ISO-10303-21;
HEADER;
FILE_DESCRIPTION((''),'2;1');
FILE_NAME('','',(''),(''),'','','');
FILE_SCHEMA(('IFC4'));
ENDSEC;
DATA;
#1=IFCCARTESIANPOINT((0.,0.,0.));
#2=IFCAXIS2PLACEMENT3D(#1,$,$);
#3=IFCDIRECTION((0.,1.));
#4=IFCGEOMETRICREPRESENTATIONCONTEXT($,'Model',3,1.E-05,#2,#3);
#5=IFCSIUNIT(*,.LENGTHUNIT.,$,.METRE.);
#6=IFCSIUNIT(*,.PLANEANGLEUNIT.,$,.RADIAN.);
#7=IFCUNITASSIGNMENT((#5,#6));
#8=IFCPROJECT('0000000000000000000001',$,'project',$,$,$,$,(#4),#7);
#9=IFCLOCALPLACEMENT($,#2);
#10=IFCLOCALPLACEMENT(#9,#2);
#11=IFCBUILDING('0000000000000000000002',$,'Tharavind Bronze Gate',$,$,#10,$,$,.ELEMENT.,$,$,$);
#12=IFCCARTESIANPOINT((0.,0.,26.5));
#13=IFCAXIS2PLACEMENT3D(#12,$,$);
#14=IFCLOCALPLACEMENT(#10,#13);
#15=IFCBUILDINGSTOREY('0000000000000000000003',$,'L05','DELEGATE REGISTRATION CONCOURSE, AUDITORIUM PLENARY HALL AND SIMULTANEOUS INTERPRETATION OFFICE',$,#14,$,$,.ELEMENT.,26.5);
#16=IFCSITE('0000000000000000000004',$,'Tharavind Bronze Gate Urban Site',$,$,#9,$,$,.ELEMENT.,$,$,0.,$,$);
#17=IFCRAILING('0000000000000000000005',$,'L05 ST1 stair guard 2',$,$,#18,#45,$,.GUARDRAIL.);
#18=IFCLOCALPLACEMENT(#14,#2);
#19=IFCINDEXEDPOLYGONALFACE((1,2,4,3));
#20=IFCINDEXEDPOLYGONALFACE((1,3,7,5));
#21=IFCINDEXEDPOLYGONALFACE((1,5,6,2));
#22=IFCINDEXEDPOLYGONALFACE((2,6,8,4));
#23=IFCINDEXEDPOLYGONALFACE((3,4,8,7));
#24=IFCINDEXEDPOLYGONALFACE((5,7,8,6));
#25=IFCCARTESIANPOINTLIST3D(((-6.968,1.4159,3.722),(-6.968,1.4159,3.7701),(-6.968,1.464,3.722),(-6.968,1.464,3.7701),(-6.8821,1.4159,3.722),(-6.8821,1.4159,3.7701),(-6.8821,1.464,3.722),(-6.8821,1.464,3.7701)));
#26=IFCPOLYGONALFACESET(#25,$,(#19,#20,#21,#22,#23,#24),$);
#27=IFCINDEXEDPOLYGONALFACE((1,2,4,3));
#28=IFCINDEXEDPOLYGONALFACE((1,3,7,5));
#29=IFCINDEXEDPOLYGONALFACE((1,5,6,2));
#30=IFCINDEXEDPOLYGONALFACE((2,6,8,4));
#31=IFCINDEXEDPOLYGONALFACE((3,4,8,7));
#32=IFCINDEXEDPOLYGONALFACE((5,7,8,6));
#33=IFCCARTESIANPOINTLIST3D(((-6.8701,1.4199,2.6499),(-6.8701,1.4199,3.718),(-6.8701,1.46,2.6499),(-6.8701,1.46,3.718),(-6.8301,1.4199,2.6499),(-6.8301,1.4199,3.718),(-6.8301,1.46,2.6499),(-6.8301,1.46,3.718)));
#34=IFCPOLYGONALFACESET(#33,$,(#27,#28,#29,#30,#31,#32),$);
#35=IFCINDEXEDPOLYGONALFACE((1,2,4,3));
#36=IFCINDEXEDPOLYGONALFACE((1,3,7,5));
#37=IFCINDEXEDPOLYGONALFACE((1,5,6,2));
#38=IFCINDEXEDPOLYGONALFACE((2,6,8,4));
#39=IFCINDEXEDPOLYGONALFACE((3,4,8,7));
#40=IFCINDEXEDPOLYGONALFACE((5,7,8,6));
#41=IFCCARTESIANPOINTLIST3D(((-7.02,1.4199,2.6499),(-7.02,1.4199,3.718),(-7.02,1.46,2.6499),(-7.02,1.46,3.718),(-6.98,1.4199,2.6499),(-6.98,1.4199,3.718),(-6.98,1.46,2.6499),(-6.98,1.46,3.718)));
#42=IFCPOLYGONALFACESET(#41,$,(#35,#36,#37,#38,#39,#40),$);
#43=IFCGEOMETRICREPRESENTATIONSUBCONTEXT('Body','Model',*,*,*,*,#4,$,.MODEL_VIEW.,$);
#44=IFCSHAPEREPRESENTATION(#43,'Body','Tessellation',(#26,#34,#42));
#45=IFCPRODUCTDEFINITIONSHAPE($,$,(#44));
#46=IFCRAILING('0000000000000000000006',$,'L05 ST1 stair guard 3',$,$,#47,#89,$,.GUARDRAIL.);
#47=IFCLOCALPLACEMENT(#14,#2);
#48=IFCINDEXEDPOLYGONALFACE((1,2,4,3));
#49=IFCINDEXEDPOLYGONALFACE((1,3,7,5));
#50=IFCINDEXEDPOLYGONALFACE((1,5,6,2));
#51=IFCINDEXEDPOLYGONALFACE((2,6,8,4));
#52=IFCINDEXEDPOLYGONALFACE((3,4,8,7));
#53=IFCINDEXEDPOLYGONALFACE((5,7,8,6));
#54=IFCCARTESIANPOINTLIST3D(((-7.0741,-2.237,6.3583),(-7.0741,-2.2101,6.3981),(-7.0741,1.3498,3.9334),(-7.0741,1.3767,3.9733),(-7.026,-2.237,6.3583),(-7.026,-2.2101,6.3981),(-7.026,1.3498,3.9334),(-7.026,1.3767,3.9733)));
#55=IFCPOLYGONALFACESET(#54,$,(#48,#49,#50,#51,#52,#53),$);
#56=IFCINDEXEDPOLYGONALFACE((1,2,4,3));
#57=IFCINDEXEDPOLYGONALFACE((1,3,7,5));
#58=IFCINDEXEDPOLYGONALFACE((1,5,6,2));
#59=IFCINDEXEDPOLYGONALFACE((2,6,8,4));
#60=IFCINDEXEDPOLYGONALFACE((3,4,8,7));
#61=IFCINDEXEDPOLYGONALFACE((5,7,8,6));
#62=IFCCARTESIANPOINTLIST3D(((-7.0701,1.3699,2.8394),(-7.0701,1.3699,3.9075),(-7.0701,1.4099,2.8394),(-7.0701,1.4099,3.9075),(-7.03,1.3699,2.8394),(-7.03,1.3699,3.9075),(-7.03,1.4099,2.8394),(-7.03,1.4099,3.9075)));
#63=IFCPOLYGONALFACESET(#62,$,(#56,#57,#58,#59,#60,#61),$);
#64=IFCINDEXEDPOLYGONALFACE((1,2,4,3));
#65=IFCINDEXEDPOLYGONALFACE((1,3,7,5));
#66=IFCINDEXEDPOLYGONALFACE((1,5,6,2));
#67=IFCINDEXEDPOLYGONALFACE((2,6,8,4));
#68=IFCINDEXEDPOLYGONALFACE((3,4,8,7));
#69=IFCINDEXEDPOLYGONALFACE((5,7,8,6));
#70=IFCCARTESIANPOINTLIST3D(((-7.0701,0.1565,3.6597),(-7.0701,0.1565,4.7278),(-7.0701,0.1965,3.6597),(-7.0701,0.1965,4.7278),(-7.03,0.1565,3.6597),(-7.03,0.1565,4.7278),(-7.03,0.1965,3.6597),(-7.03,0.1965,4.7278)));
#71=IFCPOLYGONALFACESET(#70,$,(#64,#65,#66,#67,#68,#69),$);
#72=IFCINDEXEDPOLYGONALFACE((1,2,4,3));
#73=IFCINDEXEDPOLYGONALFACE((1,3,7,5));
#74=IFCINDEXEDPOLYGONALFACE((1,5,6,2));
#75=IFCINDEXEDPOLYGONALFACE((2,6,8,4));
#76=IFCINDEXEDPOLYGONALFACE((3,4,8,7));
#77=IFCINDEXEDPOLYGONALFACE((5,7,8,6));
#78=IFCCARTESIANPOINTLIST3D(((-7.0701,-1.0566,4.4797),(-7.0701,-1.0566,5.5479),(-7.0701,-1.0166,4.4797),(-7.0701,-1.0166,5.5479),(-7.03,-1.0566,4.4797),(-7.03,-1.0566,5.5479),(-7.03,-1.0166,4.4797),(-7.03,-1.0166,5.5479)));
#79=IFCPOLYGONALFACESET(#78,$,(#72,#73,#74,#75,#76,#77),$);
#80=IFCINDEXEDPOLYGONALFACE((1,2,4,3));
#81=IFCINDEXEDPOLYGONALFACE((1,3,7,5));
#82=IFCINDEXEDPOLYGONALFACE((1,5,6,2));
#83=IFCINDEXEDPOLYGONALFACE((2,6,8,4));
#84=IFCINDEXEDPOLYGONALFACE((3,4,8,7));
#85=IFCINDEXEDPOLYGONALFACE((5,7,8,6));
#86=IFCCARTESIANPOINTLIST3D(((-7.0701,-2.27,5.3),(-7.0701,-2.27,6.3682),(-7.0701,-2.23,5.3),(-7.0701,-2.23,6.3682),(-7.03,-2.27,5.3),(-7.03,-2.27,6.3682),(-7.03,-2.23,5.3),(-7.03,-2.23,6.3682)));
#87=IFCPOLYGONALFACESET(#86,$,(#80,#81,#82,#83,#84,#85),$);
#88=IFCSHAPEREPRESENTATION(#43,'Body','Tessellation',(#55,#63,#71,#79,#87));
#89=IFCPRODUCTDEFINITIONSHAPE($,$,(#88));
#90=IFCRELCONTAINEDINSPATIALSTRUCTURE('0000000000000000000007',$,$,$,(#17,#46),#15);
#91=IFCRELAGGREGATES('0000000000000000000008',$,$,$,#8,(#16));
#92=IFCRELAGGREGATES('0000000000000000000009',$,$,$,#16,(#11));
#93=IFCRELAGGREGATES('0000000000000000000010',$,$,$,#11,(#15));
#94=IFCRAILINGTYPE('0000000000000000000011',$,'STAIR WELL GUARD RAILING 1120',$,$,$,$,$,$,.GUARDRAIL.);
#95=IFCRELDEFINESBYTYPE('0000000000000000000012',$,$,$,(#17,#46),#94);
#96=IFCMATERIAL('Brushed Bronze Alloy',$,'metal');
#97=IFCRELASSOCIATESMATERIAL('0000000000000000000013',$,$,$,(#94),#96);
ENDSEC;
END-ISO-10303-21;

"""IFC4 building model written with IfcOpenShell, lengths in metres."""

from ifc_helpers import new_model, si_unit, direction, frame, origin, origin_2d, place, context, subcontext, project, spatial, rectangle, extrude, material, type_object, element, save


model = new_model("IFC4")

# Units and contexts
model_context = context("Model", 3, precision=1e-05, world=origin(), true_north=direction((0.0, 1.0)))
body_context = subcontext(model_context, "Body", "Model", "MODEL_VIEW")
ifc_project = project(units=[si_unit("LENGTHUNIT", "METRE"), si_unit("PLANEANGLEUNIT", "RADIAN")], contexts=[model_context])

# Site, building, storey
site_placement = place(None, origin())
site = spatial("IfcSite", under=ifc_project, at=site_placement, Name="Tharavind Bronze Gate Urban Site", CompositionType="ELEMENT", RefElevation=0.0)
building_placement = place(site_placement, origin())
building = spatial("IfcBuilding", under=site, at=building_placement, Name="Tharavind Bronze Gate", CompositionType="ELEMENT")
storey_placement = place(building_placement, frame((0.0, 0.0, 26.5)))
storey = spatial("IfcBuildingStorey", under=building, at=storey_placement, Name="L05", Description="DELEGATE REGISTRATION CONCOURSE, AUDITORIUM PLENARY HALL AND SIMULTANEOUS INTERPRETATION OFFICE", CompositionType="ELEMENT", Elevation=26.5)

# Railings
ifc_material_1 = material(Name="Brushed Bronze Alloy", Category="metal")
railing_type_1 = type_object("IfcRailingType", Name="STAIR WELL GUARD RAILING 1120", PredefinedType="GUARDRAIL", material=ifc_material_1)
railing_1_placement = place(storey_placement, frame((-6.8501, 1.4399, 2.6499)))
element("IfcRailing", 1, at=railing_1_placement, inside=storey, type_object=railing_type_1, Name="L05 ST1 stair guard 2", PredefinedType="GUARDRAIL", context=body_context, shape_type="SweptSolid", body=[
    extrude(rectangle(XDim=0.0481, YDim=0.0481, at=origin_2d()), frame((-0.032, 0.0, 1.0962), z_axis=(-1.0, 0.0, 0.0), x_axis=(0.0, -1.0, 0.0)), (0.0, 0.0, 1.0), 0.0859),
    extrude(rectangle(XDim=0.04, YDim=0.04, at=origin_2d()), origin(), (0.0, 0.0, 1.0), 1.0681),
    extrude(rectangle(XDim=0.04, YDim=0.04, at=origin_2d()), frame((-0.1499, 0.0, 0.0)), (0.0, 0.0, 1.0), 1.0681),
])
railing_2_placement = place(storey_placement, frame((-7.05, 1.3899, 2.8394)))
element("IfcRailing", 2, at=railing_2_placement, inside=storey, type_object=railing_type_1, Name="L05 ST1 stair guard 3", PredefinedType="GUARDRAIL", context=body_context, shape_type="SweptSolid", body=[
    extrude(rectangle(XDim=0.0481, YDim=0.0481, at=origin_2d()), frame((0.0, -0.0266, 1.114), z_axis=(0.0, -0.828451, 0.560062), x_axis=(1.0, 0.0, 0.0)), (0.0, 0.0, 1.0), 4.3296),
    extrude(rectangle(XDim=0.04, YDim=0.04, at=origin_2d()), origin(), (0.0, 0.0, 1.0), 1.0681),
    extrude(rectangle(XDim=0.04, YDim=0.04, at=origin_2d()), frame((0.0, -1.2134, 0.8203)), (0.0, 0.0, 1.0), 1.0681),
    extrude(rectangle(XDim=0.04, YDim=0.04, at=origin_2d()), frame((0.0, -2.4265, 1.6404)), (0.0, 0.0, 1.0), 1.0681),
    extrude(rectangle(XDim=0.04, YDim=0.04, at=origin_2d()), frame((0.0, -3.6399, 2.4607)), (0.0, 0.0, 1.0), 1.0681),
])

save(model, "model.ifc")
